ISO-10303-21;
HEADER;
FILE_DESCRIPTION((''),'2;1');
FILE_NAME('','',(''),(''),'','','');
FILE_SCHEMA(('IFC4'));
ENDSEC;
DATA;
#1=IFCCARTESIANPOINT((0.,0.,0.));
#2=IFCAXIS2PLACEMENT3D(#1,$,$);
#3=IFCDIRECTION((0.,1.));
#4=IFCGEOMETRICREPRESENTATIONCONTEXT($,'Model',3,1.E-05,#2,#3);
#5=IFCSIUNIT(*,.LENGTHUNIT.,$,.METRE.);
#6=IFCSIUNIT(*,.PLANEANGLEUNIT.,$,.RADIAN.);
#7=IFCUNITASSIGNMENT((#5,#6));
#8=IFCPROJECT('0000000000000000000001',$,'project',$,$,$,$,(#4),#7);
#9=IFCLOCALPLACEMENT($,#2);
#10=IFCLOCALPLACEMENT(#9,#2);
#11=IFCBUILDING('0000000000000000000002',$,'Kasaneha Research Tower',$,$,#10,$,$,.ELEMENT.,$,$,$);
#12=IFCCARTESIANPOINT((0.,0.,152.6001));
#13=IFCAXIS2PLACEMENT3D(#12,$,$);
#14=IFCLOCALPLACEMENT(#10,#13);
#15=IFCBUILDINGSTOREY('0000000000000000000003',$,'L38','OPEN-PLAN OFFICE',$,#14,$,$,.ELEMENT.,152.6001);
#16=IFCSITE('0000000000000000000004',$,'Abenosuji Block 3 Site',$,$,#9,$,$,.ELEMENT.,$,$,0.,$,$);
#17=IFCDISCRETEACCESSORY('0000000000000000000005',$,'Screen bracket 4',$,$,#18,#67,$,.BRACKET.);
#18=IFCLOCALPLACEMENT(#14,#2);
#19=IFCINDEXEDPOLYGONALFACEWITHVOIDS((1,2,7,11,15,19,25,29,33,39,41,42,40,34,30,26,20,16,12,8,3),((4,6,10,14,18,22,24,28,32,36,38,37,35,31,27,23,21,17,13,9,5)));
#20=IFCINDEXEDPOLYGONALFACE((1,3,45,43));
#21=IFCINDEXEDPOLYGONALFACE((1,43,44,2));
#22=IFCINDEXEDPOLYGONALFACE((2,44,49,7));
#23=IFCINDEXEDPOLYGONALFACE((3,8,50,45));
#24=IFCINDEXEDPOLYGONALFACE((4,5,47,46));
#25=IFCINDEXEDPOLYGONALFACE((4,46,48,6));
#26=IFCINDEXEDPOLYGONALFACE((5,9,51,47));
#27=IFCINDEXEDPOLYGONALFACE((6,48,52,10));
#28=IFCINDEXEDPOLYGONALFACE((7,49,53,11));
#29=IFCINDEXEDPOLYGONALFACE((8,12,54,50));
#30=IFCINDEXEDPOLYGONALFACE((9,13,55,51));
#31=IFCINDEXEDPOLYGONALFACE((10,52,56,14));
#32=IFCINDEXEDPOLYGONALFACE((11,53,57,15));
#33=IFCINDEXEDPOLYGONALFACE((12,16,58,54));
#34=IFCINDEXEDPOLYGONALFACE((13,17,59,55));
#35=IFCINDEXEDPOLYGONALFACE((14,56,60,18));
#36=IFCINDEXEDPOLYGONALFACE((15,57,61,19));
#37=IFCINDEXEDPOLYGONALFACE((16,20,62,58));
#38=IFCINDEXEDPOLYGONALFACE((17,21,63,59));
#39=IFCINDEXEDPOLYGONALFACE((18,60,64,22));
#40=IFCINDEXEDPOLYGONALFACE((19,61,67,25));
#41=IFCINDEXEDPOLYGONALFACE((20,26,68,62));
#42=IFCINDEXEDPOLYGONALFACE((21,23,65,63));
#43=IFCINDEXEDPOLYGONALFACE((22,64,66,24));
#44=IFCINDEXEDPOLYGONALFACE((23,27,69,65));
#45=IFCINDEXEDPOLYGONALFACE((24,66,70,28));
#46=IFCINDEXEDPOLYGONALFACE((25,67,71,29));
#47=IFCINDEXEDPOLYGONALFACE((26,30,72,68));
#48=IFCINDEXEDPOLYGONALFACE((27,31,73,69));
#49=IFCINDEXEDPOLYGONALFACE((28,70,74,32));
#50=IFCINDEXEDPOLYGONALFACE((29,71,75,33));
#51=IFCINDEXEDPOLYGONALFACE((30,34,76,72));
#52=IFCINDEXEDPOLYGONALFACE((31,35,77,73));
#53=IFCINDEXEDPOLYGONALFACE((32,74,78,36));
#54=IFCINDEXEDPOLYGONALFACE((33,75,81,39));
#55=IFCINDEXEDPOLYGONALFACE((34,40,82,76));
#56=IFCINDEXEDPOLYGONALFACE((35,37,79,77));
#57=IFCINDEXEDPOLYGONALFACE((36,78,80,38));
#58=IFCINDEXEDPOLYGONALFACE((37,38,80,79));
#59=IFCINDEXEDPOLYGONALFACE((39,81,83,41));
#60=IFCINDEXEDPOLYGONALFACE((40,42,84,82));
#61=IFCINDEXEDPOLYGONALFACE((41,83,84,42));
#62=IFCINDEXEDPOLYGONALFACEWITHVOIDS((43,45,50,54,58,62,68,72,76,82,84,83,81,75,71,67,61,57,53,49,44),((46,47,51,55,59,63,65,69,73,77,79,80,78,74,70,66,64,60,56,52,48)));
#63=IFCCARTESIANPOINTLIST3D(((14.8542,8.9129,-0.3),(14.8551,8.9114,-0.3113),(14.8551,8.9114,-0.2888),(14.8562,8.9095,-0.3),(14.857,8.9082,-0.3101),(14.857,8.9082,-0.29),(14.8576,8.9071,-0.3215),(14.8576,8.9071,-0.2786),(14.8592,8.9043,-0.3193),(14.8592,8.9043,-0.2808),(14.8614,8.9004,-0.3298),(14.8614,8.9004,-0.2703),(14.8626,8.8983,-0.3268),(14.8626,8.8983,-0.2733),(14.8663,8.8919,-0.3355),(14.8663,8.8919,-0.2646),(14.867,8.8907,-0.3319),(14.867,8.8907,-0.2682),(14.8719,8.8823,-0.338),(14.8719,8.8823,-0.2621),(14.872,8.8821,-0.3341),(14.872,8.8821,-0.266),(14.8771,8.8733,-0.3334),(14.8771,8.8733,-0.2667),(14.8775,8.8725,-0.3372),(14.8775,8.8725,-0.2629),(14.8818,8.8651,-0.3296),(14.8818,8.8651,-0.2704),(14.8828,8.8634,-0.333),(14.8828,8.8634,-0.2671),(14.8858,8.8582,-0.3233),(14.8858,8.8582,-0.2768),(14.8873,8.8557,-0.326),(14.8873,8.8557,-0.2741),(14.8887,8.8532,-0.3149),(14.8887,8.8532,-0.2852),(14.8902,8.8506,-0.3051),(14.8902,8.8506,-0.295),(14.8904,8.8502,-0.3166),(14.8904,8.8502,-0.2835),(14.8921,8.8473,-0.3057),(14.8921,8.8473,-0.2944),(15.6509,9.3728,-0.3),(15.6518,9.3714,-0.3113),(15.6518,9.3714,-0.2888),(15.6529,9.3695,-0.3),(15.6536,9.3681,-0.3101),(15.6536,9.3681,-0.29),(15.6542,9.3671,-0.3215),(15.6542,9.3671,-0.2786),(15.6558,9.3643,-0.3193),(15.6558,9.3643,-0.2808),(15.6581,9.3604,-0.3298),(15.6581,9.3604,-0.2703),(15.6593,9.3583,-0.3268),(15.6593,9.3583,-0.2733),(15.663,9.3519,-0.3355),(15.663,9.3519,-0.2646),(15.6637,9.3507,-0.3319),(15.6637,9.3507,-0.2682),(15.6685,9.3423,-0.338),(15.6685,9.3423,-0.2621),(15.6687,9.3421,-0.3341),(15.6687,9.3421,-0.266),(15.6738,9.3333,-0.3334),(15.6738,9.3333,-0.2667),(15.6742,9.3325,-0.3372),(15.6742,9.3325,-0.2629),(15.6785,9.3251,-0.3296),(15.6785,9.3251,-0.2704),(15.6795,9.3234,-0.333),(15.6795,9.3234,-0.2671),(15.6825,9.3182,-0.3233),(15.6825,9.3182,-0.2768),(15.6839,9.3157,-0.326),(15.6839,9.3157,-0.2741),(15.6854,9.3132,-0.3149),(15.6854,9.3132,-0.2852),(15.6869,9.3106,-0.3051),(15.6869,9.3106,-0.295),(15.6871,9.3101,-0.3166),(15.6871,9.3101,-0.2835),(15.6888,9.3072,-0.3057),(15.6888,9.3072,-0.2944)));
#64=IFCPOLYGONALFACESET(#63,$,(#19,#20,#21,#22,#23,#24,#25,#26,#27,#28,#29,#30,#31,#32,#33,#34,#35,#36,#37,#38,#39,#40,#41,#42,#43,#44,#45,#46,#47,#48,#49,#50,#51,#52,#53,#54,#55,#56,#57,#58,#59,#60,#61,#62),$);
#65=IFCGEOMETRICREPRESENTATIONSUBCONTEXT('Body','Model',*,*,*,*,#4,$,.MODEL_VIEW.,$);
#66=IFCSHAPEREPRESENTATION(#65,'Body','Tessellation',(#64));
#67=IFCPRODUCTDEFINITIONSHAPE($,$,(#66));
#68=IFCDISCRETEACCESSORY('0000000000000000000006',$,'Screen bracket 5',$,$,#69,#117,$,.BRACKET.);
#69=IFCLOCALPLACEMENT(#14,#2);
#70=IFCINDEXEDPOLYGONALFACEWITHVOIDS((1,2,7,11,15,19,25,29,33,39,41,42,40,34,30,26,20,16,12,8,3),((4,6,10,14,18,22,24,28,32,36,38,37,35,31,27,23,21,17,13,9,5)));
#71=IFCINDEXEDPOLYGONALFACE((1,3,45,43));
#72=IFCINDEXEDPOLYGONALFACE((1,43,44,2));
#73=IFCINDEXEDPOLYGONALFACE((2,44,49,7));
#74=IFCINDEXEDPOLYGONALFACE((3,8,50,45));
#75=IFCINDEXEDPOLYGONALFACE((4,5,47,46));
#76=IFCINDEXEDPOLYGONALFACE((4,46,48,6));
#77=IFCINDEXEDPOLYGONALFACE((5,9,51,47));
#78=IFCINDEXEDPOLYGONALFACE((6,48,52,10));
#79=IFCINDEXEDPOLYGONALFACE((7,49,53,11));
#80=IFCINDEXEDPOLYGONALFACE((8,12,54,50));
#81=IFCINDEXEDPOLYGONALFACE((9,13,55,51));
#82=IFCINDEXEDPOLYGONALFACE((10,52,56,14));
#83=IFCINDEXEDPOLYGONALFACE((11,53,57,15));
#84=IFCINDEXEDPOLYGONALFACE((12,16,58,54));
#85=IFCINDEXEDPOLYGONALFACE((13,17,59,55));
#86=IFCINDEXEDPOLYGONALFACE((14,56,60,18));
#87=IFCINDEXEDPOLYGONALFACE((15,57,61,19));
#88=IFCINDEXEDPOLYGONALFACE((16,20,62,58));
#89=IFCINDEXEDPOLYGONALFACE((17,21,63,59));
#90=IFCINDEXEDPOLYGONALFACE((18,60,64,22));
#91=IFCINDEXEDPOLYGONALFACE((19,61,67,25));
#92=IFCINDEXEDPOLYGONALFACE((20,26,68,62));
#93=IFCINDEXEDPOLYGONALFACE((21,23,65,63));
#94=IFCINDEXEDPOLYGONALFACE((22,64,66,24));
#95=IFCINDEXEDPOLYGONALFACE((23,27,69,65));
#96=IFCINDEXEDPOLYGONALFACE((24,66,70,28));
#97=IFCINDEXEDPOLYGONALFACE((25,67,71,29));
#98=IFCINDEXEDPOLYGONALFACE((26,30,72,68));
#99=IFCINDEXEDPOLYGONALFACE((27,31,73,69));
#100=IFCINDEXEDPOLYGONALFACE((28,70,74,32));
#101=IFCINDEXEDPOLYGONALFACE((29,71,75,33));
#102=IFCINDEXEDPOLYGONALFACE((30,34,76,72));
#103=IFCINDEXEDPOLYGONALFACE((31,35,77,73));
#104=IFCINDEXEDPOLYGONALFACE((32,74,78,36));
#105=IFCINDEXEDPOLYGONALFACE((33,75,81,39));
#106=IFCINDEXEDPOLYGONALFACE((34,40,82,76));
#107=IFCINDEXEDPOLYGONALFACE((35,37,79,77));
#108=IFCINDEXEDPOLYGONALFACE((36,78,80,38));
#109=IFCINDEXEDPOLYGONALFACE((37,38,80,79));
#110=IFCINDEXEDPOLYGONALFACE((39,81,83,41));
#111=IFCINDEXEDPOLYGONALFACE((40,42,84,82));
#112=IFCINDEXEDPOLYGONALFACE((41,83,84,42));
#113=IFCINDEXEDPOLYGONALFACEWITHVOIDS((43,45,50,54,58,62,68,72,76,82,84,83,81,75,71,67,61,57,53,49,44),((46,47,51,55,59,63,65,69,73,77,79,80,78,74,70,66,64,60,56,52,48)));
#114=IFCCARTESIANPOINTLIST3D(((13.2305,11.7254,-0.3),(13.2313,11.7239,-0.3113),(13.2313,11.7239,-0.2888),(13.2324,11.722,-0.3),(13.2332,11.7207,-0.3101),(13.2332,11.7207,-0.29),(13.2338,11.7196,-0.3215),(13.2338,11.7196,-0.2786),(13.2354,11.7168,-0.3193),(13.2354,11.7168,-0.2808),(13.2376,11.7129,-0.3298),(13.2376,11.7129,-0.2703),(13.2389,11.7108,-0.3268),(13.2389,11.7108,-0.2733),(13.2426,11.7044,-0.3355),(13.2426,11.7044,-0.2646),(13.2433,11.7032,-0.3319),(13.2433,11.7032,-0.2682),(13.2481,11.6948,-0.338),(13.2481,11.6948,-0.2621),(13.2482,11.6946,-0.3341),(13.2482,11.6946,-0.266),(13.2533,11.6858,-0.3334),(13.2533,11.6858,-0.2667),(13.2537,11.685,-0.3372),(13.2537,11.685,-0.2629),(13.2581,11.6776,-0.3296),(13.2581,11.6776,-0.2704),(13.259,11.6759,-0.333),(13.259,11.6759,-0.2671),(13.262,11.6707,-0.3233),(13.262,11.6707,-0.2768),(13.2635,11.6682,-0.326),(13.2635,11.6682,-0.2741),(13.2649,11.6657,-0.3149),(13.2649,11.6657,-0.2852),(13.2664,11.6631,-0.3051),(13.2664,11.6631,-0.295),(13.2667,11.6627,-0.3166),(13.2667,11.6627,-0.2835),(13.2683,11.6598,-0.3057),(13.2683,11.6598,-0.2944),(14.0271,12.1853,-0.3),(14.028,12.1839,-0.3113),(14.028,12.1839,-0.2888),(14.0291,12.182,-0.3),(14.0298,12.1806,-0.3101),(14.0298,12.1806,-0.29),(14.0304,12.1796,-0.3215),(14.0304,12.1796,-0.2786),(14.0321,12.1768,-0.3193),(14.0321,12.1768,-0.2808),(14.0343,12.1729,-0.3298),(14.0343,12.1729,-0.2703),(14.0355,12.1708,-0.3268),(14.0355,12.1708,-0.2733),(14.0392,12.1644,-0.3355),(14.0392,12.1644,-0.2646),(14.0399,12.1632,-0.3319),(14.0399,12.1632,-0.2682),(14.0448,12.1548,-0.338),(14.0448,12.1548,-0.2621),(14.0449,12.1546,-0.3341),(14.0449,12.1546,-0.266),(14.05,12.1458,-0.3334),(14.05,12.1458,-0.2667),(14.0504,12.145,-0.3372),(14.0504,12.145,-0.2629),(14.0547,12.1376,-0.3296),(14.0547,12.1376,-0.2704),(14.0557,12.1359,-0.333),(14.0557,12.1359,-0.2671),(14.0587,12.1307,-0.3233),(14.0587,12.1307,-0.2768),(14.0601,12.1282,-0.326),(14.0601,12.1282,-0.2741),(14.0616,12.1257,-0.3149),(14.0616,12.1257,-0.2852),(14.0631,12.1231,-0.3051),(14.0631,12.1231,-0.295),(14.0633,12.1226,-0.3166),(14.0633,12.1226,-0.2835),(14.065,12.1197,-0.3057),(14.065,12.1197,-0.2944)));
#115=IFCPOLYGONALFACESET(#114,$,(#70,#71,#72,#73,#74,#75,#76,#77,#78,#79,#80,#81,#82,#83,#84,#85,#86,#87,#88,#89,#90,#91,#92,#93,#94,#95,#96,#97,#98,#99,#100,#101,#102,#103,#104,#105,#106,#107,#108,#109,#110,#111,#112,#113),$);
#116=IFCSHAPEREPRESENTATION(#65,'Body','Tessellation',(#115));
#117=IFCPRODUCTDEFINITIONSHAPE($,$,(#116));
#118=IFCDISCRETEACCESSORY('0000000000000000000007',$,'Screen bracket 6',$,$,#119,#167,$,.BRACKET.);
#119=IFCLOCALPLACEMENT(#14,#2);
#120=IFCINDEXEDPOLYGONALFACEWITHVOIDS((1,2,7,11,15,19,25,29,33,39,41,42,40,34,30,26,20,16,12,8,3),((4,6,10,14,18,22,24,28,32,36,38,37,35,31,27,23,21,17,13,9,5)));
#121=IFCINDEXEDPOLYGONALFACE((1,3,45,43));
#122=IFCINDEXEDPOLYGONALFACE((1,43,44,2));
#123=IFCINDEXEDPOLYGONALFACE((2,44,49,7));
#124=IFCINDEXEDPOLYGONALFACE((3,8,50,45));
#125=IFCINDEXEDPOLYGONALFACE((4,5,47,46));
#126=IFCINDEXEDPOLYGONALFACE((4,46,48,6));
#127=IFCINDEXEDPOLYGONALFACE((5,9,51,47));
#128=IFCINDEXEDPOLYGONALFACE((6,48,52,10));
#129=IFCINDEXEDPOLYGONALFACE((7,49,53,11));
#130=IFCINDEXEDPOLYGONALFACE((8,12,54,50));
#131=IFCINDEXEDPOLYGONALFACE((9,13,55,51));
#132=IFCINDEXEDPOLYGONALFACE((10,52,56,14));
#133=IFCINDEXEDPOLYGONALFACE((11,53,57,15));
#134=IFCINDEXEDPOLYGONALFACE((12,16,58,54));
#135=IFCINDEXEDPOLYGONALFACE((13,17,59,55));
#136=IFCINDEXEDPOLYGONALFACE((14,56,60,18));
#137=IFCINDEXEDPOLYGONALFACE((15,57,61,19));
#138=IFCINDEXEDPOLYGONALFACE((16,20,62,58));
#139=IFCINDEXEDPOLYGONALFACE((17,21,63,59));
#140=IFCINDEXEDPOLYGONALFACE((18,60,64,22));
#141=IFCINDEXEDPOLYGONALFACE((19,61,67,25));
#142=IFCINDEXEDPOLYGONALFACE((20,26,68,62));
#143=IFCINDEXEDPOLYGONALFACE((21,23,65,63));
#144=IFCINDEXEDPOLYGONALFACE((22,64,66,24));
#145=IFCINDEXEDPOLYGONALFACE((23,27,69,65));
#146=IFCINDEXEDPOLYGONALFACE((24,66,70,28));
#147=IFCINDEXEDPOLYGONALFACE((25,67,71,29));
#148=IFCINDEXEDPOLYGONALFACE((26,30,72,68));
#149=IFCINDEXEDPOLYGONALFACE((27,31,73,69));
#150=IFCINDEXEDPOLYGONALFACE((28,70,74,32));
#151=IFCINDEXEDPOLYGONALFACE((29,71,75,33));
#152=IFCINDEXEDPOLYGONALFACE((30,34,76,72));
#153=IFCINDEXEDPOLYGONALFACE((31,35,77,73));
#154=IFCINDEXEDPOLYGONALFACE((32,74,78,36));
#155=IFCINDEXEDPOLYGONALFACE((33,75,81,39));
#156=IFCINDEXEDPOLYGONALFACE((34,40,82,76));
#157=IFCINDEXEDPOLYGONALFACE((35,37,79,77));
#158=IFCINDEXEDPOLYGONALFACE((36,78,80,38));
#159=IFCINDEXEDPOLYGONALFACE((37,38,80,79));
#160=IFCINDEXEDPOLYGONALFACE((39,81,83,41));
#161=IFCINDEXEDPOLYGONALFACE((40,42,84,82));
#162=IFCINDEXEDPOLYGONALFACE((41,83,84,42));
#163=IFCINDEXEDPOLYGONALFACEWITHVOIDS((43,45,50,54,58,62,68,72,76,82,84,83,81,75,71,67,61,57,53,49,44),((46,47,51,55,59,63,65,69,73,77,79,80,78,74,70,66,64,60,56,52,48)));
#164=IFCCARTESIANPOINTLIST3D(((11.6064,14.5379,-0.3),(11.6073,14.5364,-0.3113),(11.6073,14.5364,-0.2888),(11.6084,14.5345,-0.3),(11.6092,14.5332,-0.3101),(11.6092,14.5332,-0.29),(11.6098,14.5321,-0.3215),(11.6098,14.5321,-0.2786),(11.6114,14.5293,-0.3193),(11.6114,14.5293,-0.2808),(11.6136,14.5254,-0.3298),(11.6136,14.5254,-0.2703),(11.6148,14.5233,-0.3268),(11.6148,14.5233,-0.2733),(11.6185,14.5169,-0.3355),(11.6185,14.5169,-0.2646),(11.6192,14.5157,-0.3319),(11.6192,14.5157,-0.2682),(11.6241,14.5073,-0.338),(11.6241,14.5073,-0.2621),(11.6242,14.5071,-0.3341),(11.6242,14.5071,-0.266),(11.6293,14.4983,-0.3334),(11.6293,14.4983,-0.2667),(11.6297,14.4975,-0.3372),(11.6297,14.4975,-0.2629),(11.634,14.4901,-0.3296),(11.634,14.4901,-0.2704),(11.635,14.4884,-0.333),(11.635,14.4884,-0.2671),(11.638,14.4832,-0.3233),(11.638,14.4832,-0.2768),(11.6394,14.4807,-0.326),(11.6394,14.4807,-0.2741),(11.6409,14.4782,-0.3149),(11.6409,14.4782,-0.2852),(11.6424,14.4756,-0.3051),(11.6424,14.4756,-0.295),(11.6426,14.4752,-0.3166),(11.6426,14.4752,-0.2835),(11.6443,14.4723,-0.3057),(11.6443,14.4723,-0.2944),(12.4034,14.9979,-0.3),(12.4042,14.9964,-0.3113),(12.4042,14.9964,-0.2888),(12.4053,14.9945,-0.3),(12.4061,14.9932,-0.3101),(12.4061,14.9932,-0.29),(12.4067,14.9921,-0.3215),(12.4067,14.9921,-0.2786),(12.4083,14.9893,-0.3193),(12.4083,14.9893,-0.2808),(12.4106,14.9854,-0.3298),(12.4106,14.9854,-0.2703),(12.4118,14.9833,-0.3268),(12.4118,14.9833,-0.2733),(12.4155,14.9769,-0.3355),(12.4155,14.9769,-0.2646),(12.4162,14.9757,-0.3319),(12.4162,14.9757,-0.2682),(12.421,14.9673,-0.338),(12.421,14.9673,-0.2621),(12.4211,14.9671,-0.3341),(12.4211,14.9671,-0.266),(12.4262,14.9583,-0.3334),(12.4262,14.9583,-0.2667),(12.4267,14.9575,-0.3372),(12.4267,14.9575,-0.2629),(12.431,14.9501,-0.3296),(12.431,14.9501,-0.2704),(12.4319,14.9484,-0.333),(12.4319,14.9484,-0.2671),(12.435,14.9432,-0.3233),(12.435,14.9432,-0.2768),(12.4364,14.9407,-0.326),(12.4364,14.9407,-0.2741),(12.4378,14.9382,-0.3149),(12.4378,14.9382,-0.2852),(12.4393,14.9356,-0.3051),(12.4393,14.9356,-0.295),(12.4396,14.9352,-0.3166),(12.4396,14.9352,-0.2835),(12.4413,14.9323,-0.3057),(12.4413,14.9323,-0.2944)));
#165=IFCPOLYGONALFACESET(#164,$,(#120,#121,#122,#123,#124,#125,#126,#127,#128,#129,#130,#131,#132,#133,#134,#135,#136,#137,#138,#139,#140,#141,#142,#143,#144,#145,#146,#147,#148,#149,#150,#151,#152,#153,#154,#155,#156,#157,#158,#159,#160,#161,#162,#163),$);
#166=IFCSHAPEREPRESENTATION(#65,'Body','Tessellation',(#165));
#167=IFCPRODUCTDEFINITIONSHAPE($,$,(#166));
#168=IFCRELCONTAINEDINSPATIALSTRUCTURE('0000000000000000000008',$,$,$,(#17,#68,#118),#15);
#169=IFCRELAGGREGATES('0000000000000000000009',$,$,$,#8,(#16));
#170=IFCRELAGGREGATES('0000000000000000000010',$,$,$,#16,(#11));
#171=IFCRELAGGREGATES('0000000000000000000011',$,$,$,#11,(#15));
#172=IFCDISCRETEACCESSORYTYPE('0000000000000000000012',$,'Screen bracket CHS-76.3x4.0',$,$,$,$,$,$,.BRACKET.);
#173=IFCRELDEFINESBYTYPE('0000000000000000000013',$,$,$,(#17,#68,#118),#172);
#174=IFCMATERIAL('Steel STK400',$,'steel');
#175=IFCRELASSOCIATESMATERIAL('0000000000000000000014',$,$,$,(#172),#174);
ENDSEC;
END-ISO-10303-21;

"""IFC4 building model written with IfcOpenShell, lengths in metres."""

from ifc_helpers import new_model, si_unit, direction, frame, origin, origin_2d, place, context, subcontext, project, spatial, hollow_circle, extrude, material, material_profile, profile_set, type_object, element, save


model = new_model("IFC4")

# Units and contexts
model_context = context("Model", 3, precision=1e-05, world=origin(), true_north=direction((0.0, 1.0)))
body_context = subcontext(model_context, "Body", "Model", "MODEL_VIEW")
ifc_project = project(units=[si_unit("LENGTHUNIT", "METRE"), si_unit("PLANEANGLEUNIT", "RADIAN")], contexts=[model_context])

# Site, building, storey
site_placement = place(None, origin())
site = spatial("IfcSite", under=ifc_project, at=site_placement, Name="Abenosuji Block 3 Site", CompositionType="ELEMENT", RefElevation=0.0)
building_placement = place(site_placement, origin())
building = spatial("IfcBuilding", under=site, at=building_placement, Name="Kasaneha Research Tower", CompositionType="ELEMENT")
storey_placement = place(building_placement, frame((0.0, 0.0, 152.6001)))
storey = spatial("IfcBuildingStorey", under=building, at=storey_placement, Name="L38", Description="OPEN-PLAN OFFICE", CompositionType="ELEMENT", Elevation=152.6001)

# Discrete accessories
ifc_material_1 = material(Name="Steel STK400", Category="steel")
ifc_material_profile_1 = material_profile(ifc_material_1, hollow_circle(Radius=0.0381, WallThickness=0.0039, at=origin_2d()), Name="CHS-76.3x4.0")
ifc_profile_set_1 = profile_set([ifc_material_profile_1], Name="Steel STK400")
discrete_accessory_type = type_object("IfcDiscreteAccessoryType", Name="Screen bracket CHS-76.3x4.0", PredefinedType="BRACKET", material=ifc_profile_set_1)
for number, where, z_axis, x_axis, name in (
    (1, (14.8733, 8.8799, -0.3), (0.866013, 0.500021, 0.0), (-0.500021, 0.866013, 0.0), "Screen bracket 4"),
    (2, (13.2495, 11.6924, -0.3), (0.866013, 0.500021, 0.0), (-0.500021, 0.866013, 0.0), "Screen bracket 5"),
):
    element("IfcDiscreteAccessory", number, at=place(storey_placement, frame(where, z_axis=z_axis, x_axis=x_axis)), inside=storey, type_object=discrete_accessory_type, Name=name, PredefinedType="BRACKET", context=body_context, shape_type="SweptSolid", body=[
        extrude(hollow_circle(Radius=0.0381, WallThickness=0.0039, at=origin_2d()), origin(), (0.0, 0.0, 1.0), 0.9199),
    ])
for number, where, z_axis, x_axis, name in (
    (3, (11.6255, 14.5049, -0.3), (0.86608, 0.499906, 0.0), (-0.499906, 0.86608, 0.0), "Screen bracket 6"),
):
    element("IfcDiscreteAccessory", number, at=place(storey_placement, frame(where, z_axis=z_axis, x_axis=x_axis)), inside=storey, type_object=discrete_accessory_type, Name=name, PredefinedType="BRACKET", context=body_context, shape_type="SweptSolid", body=[
        extrude(hollow_circle(Radius=0.0381, WallThickness=0.0039, at=origin_2d()), origin(), (0.0, 0.0, 1.0), 0.9202),
    ])

save(model, "model.ifc")
